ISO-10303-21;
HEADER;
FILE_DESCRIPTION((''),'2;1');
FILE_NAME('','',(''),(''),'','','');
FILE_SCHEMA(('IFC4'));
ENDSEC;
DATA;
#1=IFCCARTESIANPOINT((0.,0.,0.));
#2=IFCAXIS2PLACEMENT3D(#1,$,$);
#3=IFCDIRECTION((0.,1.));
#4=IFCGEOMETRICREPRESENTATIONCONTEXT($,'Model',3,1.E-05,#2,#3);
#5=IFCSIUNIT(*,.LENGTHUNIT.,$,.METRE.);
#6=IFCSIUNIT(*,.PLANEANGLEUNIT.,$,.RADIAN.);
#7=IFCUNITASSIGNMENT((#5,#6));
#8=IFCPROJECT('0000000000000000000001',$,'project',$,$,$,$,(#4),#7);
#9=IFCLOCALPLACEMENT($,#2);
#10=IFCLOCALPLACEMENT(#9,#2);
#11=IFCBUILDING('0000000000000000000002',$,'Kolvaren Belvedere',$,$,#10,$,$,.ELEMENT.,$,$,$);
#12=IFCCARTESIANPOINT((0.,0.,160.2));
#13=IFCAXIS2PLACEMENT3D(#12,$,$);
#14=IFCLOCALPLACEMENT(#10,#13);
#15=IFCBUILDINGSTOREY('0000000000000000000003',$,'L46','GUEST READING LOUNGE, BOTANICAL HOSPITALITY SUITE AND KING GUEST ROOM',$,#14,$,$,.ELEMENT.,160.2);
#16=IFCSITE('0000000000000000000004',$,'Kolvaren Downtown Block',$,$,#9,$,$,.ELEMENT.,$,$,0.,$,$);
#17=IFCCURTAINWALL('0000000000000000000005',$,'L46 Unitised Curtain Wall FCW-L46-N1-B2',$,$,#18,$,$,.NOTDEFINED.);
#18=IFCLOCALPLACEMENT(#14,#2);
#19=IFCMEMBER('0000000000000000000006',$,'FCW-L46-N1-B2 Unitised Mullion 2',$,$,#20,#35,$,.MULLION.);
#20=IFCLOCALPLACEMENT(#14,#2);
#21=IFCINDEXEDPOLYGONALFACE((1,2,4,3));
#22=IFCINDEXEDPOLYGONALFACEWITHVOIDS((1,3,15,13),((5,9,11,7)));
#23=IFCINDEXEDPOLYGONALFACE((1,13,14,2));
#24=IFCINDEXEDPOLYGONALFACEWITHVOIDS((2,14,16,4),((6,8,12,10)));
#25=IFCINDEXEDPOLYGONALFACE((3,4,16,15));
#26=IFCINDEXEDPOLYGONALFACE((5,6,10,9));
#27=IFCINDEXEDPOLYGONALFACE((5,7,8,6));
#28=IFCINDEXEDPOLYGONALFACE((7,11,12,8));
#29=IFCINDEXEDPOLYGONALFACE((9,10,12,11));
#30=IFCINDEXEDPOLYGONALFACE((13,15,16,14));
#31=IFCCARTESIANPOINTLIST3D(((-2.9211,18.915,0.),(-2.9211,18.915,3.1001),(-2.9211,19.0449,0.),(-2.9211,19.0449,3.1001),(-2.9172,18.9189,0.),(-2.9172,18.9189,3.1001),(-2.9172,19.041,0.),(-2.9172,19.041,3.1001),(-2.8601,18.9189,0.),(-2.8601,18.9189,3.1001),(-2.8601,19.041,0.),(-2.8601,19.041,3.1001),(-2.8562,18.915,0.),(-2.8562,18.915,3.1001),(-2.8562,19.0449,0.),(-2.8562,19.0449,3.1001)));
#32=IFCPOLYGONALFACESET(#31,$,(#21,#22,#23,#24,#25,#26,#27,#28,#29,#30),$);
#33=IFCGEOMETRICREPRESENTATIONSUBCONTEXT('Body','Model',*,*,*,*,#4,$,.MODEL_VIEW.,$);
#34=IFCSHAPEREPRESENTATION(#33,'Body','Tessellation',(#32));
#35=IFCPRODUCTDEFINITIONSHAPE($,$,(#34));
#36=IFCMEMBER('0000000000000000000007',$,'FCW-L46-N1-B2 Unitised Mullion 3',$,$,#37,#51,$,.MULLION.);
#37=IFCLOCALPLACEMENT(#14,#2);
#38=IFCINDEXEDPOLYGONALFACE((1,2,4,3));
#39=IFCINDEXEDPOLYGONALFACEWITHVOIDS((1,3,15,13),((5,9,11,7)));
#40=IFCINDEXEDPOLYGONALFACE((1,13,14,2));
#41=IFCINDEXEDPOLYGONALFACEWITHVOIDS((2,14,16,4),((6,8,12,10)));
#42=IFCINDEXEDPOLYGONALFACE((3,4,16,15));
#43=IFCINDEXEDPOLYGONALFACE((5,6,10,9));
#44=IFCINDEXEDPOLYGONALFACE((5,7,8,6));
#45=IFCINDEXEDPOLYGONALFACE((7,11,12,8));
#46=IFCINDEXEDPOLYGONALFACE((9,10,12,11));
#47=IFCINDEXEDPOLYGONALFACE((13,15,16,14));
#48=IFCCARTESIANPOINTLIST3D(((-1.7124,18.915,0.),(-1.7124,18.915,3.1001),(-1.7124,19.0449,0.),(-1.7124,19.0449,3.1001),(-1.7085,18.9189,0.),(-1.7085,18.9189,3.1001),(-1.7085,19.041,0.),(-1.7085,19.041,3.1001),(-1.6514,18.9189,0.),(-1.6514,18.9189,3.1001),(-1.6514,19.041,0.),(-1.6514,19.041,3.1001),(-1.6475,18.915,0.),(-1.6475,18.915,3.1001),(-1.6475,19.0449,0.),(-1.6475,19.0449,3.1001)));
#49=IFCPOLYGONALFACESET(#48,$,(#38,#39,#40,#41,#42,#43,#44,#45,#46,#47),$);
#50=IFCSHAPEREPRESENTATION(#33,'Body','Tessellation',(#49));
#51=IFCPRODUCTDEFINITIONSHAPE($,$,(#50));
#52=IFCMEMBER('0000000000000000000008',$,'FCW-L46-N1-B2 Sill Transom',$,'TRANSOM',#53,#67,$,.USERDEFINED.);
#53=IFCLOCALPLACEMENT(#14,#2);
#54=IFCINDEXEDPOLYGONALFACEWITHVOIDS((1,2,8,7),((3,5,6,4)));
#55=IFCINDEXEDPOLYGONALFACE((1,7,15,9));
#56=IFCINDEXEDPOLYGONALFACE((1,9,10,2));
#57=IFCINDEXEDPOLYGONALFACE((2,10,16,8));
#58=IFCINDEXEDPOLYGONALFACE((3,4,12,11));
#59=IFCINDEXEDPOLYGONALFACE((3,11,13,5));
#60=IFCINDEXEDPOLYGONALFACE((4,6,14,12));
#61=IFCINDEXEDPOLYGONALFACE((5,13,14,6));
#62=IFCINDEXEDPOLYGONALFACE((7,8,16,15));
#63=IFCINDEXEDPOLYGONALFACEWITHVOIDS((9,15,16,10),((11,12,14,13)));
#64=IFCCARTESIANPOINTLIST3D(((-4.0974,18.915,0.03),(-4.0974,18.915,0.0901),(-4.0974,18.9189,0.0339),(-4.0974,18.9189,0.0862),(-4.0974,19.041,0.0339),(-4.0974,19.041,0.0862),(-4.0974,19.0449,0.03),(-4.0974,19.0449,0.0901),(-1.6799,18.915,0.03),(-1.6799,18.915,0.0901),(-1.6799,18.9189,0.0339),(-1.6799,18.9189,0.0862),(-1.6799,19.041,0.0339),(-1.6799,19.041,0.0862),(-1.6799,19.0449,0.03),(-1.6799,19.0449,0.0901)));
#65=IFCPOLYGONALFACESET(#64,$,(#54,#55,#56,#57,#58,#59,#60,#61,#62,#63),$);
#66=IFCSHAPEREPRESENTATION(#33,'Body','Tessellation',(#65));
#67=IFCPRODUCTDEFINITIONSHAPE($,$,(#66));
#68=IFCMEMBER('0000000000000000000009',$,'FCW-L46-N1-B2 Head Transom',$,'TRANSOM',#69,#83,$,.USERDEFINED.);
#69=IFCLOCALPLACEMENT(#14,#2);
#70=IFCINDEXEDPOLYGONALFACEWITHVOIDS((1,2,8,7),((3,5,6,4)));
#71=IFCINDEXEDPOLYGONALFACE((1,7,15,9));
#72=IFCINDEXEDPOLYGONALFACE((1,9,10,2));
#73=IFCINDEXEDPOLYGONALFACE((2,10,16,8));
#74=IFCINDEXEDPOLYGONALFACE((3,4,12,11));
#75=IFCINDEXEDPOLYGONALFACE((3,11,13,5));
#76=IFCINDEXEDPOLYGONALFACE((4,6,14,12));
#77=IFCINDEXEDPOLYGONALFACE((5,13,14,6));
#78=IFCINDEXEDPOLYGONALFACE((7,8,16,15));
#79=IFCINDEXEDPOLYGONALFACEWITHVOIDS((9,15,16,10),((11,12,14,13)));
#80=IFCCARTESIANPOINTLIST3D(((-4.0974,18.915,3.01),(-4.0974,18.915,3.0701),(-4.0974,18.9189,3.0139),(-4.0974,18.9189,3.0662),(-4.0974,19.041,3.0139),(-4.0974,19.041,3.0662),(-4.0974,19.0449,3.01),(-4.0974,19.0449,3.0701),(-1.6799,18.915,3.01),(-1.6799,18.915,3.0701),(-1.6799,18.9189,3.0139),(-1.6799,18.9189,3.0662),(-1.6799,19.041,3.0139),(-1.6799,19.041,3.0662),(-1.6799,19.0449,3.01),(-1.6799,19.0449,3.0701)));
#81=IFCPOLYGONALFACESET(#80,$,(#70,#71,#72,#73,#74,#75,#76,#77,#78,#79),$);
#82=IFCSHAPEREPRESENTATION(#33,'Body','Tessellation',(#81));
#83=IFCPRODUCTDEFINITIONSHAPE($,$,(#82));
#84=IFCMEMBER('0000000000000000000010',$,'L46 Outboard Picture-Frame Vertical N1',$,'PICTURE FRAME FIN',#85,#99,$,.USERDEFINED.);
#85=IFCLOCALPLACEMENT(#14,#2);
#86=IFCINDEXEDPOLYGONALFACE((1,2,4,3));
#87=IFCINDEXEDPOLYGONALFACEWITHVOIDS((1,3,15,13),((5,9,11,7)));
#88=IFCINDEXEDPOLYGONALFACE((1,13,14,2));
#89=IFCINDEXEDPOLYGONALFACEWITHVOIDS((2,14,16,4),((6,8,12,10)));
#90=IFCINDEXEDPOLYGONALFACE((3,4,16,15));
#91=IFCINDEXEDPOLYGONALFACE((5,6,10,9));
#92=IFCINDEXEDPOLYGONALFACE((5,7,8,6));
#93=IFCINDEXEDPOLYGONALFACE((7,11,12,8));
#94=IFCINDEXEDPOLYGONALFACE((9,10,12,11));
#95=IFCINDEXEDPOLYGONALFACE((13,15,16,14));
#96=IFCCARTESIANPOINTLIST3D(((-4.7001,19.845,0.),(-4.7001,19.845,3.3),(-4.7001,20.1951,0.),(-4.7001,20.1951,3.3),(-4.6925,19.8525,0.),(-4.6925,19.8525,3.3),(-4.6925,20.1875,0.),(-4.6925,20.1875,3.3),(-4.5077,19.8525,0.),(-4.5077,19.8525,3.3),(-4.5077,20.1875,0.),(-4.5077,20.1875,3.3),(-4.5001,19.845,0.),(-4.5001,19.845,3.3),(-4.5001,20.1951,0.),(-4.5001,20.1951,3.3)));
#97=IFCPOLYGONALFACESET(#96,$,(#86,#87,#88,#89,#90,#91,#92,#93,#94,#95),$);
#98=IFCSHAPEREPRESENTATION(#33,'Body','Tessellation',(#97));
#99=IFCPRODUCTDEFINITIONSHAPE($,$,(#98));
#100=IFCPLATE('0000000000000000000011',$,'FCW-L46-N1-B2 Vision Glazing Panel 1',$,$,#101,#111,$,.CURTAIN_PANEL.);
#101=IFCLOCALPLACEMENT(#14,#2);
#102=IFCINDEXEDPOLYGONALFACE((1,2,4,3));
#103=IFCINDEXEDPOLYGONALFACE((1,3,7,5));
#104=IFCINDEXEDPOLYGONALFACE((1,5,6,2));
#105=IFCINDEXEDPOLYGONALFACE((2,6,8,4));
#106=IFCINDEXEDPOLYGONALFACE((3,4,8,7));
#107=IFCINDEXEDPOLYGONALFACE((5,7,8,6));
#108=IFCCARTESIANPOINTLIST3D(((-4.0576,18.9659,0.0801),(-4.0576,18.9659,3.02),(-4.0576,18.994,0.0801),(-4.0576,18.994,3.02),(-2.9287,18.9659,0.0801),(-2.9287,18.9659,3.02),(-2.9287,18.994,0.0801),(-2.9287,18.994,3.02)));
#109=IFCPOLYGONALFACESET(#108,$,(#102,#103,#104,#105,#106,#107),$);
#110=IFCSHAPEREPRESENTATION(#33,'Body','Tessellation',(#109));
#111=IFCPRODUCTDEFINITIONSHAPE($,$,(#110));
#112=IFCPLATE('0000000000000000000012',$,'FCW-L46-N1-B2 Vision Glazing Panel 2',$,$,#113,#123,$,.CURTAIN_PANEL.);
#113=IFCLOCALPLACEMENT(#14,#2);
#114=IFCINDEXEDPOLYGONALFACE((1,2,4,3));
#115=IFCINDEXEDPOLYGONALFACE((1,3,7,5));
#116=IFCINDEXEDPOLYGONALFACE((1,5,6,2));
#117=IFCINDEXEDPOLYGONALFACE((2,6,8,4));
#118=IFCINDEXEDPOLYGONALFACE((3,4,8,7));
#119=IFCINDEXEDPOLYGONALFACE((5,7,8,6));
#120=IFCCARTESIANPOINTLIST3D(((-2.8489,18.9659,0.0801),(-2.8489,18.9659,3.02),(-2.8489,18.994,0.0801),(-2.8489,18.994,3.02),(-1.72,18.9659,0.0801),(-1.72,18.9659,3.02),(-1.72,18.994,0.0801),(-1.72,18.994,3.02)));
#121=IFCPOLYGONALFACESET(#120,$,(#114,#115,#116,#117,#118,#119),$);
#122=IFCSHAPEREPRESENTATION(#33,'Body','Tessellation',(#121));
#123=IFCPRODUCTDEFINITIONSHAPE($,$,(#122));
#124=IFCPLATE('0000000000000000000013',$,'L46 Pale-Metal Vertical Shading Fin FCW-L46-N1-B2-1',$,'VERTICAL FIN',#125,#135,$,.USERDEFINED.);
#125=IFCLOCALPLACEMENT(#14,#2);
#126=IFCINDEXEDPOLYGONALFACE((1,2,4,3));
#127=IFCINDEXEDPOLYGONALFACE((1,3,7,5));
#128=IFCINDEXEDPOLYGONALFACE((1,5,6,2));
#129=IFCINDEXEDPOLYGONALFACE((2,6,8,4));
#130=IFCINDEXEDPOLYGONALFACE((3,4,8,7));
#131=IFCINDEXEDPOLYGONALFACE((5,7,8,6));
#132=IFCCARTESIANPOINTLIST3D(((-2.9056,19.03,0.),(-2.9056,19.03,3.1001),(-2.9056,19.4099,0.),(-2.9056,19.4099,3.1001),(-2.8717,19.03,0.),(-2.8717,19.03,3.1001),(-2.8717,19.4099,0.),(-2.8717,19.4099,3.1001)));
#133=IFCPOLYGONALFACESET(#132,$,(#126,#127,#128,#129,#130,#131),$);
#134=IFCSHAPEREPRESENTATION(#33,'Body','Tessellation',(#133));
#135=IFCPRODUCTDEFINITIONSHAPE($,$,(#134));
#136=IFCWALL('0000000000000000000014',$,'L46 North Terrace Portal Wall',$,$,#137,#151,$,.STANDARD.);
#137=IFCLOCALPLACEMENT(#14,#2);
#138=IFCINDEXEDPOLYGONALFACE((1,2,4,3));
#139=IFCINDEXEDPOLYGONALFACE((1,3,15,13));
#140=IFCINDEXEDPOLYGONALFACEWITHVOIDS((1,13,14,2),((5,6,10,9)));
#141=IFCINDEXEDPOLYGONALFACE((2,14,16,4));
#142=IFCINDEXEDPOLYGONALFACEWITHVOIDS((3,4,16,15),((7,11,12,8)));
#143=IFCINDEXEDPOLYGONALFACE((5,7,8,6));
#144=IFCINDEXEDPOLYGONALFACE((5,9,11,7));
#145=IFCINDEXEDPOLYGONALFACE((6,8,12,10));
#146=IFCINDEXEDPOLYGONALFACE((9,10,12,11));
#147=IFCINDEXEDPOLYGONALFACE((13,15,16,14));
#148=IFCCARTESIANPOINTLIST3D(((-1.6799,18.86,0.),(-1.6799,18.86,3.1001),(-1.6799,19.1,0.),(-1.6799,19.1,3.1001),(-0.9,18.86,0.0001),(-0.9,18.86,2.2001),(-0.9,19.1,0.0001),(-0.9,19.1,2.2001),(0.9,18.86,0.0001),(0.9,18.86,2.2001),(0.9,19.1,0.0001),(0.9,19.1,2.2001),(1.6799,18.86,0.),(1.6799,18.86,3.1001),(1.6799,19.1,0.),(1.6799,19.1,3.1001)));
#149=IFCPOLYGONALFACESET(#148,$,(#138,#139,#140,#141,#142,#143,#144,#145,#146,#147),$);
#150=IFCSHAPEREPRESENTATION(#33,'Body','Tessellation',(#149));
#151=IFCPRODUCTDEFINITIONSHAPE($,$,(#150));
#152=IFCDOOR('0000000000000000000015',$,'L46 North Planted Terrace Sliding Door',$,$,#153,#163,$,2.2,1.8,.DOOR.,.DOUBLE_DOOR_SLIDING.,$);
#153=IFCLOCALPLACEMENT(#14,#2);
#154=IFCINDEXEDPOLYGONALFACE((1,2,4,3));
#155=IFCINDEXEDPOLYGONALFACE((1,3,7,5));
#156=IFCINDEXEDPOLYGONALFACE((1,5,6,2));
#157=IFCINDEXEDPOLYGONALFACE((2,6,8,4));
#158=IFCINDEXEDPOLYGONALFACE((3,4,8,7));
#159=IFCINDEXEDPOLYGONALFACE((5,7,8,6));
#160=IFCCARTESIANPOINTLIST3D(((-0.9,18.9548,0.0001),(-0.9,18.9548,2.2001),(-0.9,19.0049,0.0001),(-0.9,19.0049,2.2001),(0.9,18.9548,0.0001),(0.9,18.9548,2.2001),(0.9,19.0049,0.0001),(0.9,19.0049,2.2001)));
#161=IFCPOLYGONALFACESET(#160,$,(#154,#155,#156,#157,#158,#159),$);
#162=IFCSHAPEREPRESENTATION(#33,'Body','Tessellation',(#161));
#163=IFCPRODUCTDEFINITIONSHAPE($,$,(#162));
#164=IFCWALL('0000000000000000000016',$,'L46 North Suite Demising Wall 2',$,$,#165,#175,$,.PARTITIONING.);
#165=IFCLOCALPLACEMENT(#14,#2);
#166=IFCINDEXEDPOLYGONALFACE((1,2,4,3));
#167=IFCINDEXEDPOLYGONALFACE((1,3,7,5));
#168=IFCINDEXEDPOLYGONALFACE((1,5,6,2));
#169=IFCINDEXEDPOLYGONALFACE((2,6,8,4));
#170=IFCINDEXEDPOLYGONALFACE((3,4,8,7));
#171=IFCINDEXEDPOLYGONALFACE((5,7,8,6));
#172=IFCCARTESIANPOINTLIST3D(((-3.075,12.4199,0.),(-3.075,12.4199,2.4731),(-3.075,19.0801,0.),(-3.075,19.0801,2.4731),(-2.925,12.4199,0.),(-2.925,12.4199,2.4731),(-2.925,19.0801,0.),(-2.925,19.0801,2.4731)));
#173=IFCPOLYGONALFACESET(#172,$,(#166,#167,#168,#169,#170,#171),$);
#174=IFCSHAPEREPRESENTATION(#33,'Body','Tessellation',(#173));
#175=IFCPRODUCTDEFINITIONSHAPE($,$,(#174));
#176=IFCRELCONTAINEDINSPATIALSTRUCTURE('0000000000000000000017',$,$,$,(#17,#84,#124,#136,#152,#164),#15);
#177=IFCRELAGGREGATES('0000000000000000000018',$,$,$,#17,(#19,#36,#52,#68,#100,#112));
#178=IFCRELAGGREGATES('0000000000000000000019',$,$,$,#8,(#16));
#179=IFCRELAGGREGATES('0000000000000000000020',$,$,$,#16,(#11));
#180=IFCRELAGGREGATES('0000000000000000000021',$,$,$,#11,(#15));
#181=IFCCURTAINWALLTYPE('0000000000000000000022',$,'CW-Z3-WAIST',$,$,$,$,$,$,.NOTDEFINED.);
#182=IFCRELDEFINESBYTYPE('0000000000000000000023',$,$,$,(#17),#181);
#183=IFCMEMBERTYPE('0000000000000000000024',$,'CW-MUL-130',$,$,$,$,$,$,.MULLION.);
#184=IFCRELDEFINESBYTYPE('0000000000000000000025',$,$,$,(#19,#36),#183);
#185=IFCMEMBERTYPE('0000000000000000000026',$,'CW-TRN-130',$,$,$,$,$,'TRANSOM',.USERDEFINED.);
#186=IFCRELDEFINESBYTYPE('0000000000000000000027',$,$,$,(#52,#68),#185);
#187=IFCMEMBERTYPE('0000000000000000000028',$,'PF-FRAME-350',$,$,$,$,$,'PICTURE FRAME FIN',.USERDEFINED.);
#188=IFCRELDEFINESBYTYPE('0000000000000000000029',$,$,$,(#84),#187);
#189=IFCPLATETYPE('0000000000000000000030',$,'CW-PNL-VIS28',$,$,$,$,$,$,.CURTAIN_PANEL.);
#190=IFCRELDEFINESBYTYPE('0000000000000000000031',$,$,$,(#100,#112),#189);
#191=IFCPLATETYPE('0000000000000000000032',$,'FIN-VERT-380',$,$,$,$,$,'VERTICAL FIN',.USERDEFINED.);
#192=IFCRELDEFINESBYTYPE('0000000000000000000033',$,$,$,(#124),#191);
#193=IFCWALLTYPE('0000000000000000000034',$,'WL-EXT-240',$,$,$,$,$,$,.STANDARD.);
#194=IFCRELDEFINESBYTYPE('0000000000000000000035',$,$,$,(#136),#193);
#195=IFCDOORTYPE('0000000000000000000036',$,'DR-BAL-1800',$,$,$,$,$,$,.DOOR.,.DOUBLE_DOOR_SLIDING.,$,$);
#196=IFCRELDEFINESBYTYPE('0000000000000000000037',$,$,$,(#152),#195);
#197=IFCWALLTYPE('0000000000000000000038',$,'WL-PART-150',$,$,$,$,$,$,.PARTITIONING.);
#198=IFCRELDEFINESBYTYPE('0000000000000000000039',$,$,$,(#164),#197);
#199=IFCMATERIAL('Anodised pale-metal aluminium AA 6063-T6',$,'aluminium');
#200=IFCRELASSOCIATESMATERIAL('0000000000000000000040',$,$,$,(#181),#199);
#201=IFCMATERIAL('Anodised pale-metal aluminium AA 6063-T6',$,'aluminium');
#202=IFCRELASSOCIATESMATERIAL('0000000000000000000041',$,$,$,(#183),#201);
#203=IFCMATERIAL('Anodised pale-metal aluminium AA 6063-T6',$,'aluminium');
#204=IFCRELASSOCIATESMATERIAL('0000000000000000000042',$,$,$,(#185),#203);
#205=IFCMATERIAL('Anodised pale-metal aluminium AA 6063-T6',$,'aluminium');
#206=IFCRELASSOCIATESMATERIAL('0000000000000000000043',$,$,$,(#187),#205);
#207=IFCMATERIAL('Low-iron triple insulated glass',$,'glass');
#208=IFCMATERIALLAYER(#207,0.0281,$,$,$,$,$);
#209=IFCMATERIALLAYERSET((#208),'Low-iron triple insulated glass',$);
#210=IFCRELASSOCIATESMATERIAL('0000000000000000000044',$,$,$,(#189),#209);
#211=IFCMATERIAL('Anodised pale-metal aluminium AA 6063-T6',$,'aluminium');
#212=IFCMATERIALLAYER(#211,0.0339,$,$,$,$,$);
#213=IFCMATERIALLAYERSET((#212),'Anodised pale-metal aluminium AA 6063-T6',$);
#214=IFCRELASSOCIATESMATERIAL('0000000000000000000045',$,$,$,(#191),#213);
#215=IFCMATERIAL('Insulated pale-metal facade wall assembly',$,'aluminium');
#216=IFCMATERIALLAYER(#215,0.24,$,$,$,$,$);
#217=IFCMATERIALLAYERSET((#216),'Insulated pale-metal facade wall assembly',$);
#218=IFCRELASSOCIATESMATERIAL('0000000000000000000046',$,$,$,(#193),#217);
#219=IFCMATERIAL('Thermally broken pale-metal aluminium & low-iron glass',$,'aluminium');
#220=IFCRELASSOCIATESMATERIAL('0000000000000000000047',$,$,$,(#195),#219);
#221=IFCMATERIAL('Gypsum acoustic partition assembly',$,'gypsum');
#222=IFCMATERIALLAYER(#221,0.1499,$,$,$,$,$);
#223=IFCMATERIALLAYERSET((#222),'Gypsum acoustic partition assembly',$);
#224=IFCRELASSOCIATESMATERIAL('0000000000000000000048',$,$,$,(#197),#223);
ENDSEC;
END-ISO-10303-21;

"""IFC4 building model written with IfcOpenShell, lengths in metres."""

from ifc_helpers import new_model, si_unit, direction, frame, frame_2d, origin, origin_2d, place, context, subcontext, project, spatial, rectangle, hollow_rectangle, extrude, material, layer, layer_set, material_profile, profile_set, type_object, element, fill, aggregate, save


model = new_model("IFC4")

# Units and contexts
model_context = context("Model", 3, precision=1e-05, world=origin(), true_north=direction((0.0, 1.0)))
body_context = subcontext(model_context, "Body", "Model", "MODEL_VIEW")
ifc_project = project(units=[si_unit("LENGTHUNIT", "METRE"), si_unit("PLANEANGLEUNIT", "RADIAN")], contexts=[model_context])

# Site, building, storey
site_placement = place(None, origin())
site = spatial("IfcSite", under=ifc_project, at=site_placement, Name="Kolvaren Downtown Block", CompositionType="ELEMENT", RefElevation=0.0)
building_placement = place(site_placement, origin())
building = spatial("IfcBuilding", under=site, at=building_placement, Name="Kolvaren Belvedere", CompositionType="ELEMENT")
storey_placement = place(building_placement, frame((0.0, 0.0, 160.2)))
storey = spatial("IfcBuildingStorey", under=building, at=storey_placement, Name="L46", Description="GUEST READING LOUNGE, BOTANICAL HOSPITALITY SUITE AND KING GUEST ROOM", CompositionType="ELEMENT", Elevation=160.2)

# Curtain wall, members
ifc_material_1 = material(Name="Anodised pale-metal aluminium AA 6063-T6", Category="aluminium")
curtain_wall_type = type_object("IfcCurtainWallType", Name="CW-Z3-WAIST", PredefinedType="NOTDEFINED", material=ifc_material_1)
curtain_wall_placement = place(storey_placement, origin())
curtain_wall = element("IfcCurtainWall", 1, at=curtain_wall_placement, inside=storey, type_object=curtain_wall_type, Name="L46 Unitised Curtain Wall FCW-L46-N1-B2", PredefinedType="NOTDEFINED")
ifc_material_2 = material(Name="Anodised pale-metal aluminium AA 6063-T6", Category="aluminium")
ifc_material_profile_1 = material_profile(ifc_material_2, hollow_rectangle(XDim=0.0649, YDim=0.1299, WallThickness=0.0039, at=origin_2d()), Name="ALU-MUL-130X65")
ifc_profile_set_1 = profile_set([ifc_material_profile_1], Name="Anodised pale-metal aluminium AA 6063-T6")
member_type_1 = type_object("IfcMemberType", Name="CW-MUL-130", PredefinedType="MULLION", material=ifc_profile_set_1)
member_1_placement = place(storey_placement, frame((-2.8887, 18.98, 0.0), z_axis=(0.0, 0.0, 1.0), x_axis=(1.0, 0.0, 0.0)))
member_1 = element("IfcMember", 2, at=member_1_placement, type_object=member_type_1, Name="FCW-L46-N1-B2 Unitised Mullion 2", PredefinedType="MULLION", context=body_context, shape_type="SweptSolid", body=[
    extrude(hollow_rectangle(XDim=0.0649, YDim=0.1299, WallThickness=0.0039, at=origin_2d()), origin(), (0.0, 0.0, 1.0), 3.1001),
])
member_2_placement = place(storey_placement, frame((-1.6799, 18.98, 0.0), z_axis=(0.0, 0.0, 1.0), x_axis=(1.0, 0.0, 0.0)))
member_2 = element("IfcMember", 3, at=member_2_placement, type_object=member_type_1, Name="FCW-L46-N1-B2 Unitised Mullion 3", PredefinedType="MULLION", context=body_context, shape_type="SweptSolid", body=[
    extrude(hollow_rectangle(XDim=0.0649, YDim=0.1299, WallThickness=0.0039, at=origin_2d()), origin(), (0.0, 0.0, 1.0), 3.1001),
])
ifc_material_3 = material(Name="Anodised pale-metal aluminium AA 6063-T6", Category="aluminium")
ifc_material_profile_2 = material_profile(ifc_material_3, hollow_rectangle(XDim=0.0601, YDim=0.1299, WallThickness=0.0039, at=origin_2d()), Name="ALU-TRN-130X60")
ifc_profile_set_2 = profile_set([ifc_material_profile_2], Name="Anodised pale-metal aluminium AA 6063-T6")
member_type_2 = type_object("IfcMemberType", Name="CW-TRN-130", ElementType="TRANSOM", PredefinedType="USERDEFINED", material=ifc_profile_set_2)
member_3_placement = place(storey_placement, frame((-4.0974, 18.98, 0.0601), z_axis=(1.0, 0.0, 0.0), x_axis=(0.0, 0.0, 1.0)))
member_3 = element("IfcMember", 4, at=member_3_placement, type_object=member_type_2, Name="FCW-L46-N1-B2 Sill Transom", ObjectType="TRANSOM", PredefinedType="USERDEFINED", context=body_context, shape_type="SweptSolid", body=[
    extrude(hollow_rectangle(XDim=0.0601, YDim=0.1299, WallThickness=0.0039, at=origin_2d()), origin(), (0.0, 0.0, 1.0), 2.4175),
])
member_4_placement = place(storey_placement, frame((-4.0974, 18.98, 3.04), z_axis=(1.0, 0.0, 0.0), x_axis=(0.0, 0.0, 1.0)))
member_4 = element("IfcMember", 5, at=member_4_placement, type_object=member_type_2, Name="FCW-L46-N1-B2 Head Transom", ObjectType="TRANSOM", PredefinedType="USERDEFINED", context=body_context, shape_type="SweptSolid", body=[
    extrude(hollow_rectangle(XDim=0.0601, YDim=0.1299, WallThickness=0.0039, at=origin_2d()), origin(), (0.0, 0.0, 1.0), 2.4175),
])

# Member
ifc_material_4 = material(Name="Anodised pale-metal aluminium AA 6063-T6", Category="aluminium")
ifc_material_profile_3 = material_profile(ifc_material_4, hollow_rectangle(XDim=0.2, YDim=0.3501, WallThickness=0.0076, at=origin_2d()), Name="ALU-PF-350X200")
ifc_profile_set_3 = profile_set([ifc_material_profile_3], Name="Anodised pale-metal aluminium AA 6063-T6")
member_type_3 = type_object("IfcMemberType", Name="PF-FRAME-350", ElementType="PICTURE FRAME FIN", PredefinedType="USERDEFINED", material=ifc_profile_set_3)
member_5_placement = place(storey_placement, frame((-4.6001, 20.02, 0.0), z_axis=(0.0, 0.0, 1.0), x_axis=(1.0, 0.0, 0.0)))
element("IfcMember", 6, at=member_5_placement, inside=storey, type_object=member_type_3, Name="L46 Outboard Picture-Frame Vertical N1", ObjectType="PICTURE FRAME FIN", PredefinedType="USERDEFINED", context=body_context, shape_type="SweptSolid", body=[
    extrude(hollow_rectangle(XDim=0.2, YDim=0.3501, WallThickness=0.0076, at=origin_2d()), origin(), (0.0, 0.0, 1.0), 3.3),
])

# Plates
ifc_material_5 = material(Name="Low-iron triple insulated glass", Category="glass")
ifc_layer_1 = layer(ifc_material_5, 0.0281)
ifc_layer_set_1 = layer_set([ifc_layer_1], Name="Low-iron triple insulated glass")
plate_type_1 = type_object("IfcPlateType", Name="CW-PNL-VIS28", PredefinedType="CURTAIN_PANEL", material=ifc_layer_set_1)
plate_1_placement = place(storey_placement, frame((-3.4932, 18.98, 0.0801), z_axis=(0.0, 0.0, 1.0), x_axis=(1.0, 0.0, 0.0)))
plate_1 = element("IfcPlate", 7, at=plate_1_placement, type_object=plate_type_1, Name="FCW-L46-N1-B2 Vision Glazing Panel 1", PredefinedType="CURTAIN_PANEL", context=body_context, shape_type="SweptSolid", body=[
    extrude(rectangle(XDim=1.1289, YDim=0.0281, at=origin_2d()), origin(), (0.0, 0.0, 1.0), 2.9399),
])
plate_2_placement = place(storey_placement, frame((-2.2844, 18.98, 0.0801), z_axis=(0.0, 0.0, 1.0), x_axis=(1.0, 0.0, 0.0)))
plate_2 = element("IfcPlate", 8, at=plate_2_placement, type_object=plate_type_1, Name="FCW-L46-N1-B2 Vision Glazing Panel 2", PredefinedType="CURTAIN_PANEL", context=body_context, shape_type="SweptSolid", body=[
    extrude(rectangle(XDim=1.1289, YDim=0.0281, at=origin_2d()), origin(), (0.0, 0.0, 1.0), 2.9399),
])
aggregate(curtain_wall, [member_1, member_2, member_3, member_4, plate_1, plate_2])
ifc_material_6 = material(Name="Anodised pale-metal aluminium AA 6063-T6", Category="aluminium")
ifc_layer_2 = layer(ifc_material_6, 0.0339)
ifc_layer_set_2 = layer_set([ifc_layer_2], Name="Anodised pale-metal aluminium AA 6063-T6")
plate_type_2 = type_object("IfcPlateType", Name="FIN-VERT-380", ElementType="VERTICAL FIN", PredefinedType="USERDEFINED", material=ifc_layer_set_2)
plate_3_placement = place(storey_placement, frame((-2.8887, 19.22, 0.0), z_axis=(0.0, 0.0, 1.0), x_axis=(0.0, 1.0, 0.0)))
element("IfcPlate", 9, at=plate_3_placement, inside=storey, type_object=plate_type_2, Name="L46 Pale-Metal Vertical Shading Fin FCW-L46-N1-B2-1", ObjectType="VERTICAL FIN", PredefinedType="USERDEFINED", context=body_context, shape_type="SweptSolid", body=[
    extrude(rectangle(XDim=0.3799, YDim=0.0339, at=origin_2d()), origin(), (0.0, 0.0, 1.0), 3.1001),
])

# Wall, opening, door
ifc_material_7 = material(Name="Insulated pale-metal facade wall assembly", Category="aluminium")
ifc_layer_3 = layer(ifc_material_7, 0.24)
ifc_layer_set_3 = layer_set([ifc_layer_3], Name="Insulated pale-metal facade wall assembly")
wall_type_1 = type_object("IfcWallType", Name="WL-EXT-240", PredefinedType="STANDARD", material=ifc_layer_set_3)
wall_1_placement = place(storey_placement, frame((-1.6799, 18.98, 0.0), z_axis=(0.0, 0.0, 1.0), x_axis=(1.0, 0.0, 0.0)))
wall_1 = element("IfcWall", 10, at=wall_1_placement, inside=storey, type_object=wall_type_1, Name="L46 North Terrace Portal Wall", PredefinedType="STANDARD", context=body_context, shape_type="SweptSolid", body=[
    extrude(rectangle(XDim=3.3599, YDim=0.24, at=frame_2d((1.6799, 0.0))), origin(), (0.0, 0.0, 1.0), 3.1001),
])
opening_1_placement = place(wall_1_placement, frame((0.78, 0.0, 0.0)))
opening_1 = element("IfcOpeningElement", 11, at=opening_1_placement, cuts=wall_1, PredefinedType="OPENING", context=body_context, shape_type="SweptSolid", body=[
    extrude(rectangle(XDim=1.8, YDim=2.2, at=frame_2d((0.8999, 1.1001))), frame((0.0, 0.1299, 0.0), z_axis=(0.0, -1.0, 0.0), x_axis=(1.0, 0.0, 0.0)), (0.0, 0.0, 1.0), 0.26),
])
ifc_material_8 = material(Name="Thermally broken pale-metal aluminium & low-iron glass", Category="aluminium")
door_type_1 = type_object("IfcDoorType", Name="DR-BAL-1800", OperationType="DOUBLE_DOOR_SLIDING", PredefinedType="DOOR", material=ifc_material_8)
door_1_placement = place(opening_1_placement, origin())
door_1 = element("IfcDoor", 12, at=door_1_placement, inside=storey, type_object=door_type_1, Name="L46 North Planted Terrace Sliding Door", OperationType="DOUBLE_DOOR_SLIDING", OverallHeight=2.2, OverallWidth=1.8, PredefinedType="DOOR", context=body_context, shape_type="SweptSolid", body=[
    extrude(rectangle(XDim=1.8, YDim=2.2, at=frame_2d((0.8999, 1.1001))), frame((0.0, 0.0249, 0.0), z_axis=(0.0, -1.0, 0.0), x_axis=(1.0, 0.0, 0.0)), (0.0, 0.0, 1.0), 0.05),
])
fill(opening_1, door_1)

# Wall
ifc_material_9 = material(Name="Gypsum acoustic partition assembly", Category="gypsum")
ifc_layer_4 = layer(ifc_material_9, 0.1499)
ifc_layer_set_4 = layer_set([ifc_layer_4], Name="Gypsum acoustic partition assembly")
wall_type_2 = type_object("IfcWallType", Name="WL-PART-150", PredefinedType="PARTITIONING", material=ifc_layer_set_4)
wall_2_placement = place(storey_placement, frame((-3.0, 12.4199, 0.0), z_axis=(0.0, 0.0, 1.0), x_axis=(0.0, 1.0, 0.0)))
element("IfcWall", 13, at=wall_2_placement, inside=storey, type_object=wall_type_2, Name="L46 North Suite Demising Wall 2", PredefinedType="PARTITIONING", context=body_context, shape_type="SweptSolid", body=[
    extrude(rectangle(XDim=6.6602, YDim=0.1499, at=frame_2d((3.3301, 0.0))), origin(), (0.0, 0.0, 1.0), 2.4731),
])

save(model, "model.ifc")
